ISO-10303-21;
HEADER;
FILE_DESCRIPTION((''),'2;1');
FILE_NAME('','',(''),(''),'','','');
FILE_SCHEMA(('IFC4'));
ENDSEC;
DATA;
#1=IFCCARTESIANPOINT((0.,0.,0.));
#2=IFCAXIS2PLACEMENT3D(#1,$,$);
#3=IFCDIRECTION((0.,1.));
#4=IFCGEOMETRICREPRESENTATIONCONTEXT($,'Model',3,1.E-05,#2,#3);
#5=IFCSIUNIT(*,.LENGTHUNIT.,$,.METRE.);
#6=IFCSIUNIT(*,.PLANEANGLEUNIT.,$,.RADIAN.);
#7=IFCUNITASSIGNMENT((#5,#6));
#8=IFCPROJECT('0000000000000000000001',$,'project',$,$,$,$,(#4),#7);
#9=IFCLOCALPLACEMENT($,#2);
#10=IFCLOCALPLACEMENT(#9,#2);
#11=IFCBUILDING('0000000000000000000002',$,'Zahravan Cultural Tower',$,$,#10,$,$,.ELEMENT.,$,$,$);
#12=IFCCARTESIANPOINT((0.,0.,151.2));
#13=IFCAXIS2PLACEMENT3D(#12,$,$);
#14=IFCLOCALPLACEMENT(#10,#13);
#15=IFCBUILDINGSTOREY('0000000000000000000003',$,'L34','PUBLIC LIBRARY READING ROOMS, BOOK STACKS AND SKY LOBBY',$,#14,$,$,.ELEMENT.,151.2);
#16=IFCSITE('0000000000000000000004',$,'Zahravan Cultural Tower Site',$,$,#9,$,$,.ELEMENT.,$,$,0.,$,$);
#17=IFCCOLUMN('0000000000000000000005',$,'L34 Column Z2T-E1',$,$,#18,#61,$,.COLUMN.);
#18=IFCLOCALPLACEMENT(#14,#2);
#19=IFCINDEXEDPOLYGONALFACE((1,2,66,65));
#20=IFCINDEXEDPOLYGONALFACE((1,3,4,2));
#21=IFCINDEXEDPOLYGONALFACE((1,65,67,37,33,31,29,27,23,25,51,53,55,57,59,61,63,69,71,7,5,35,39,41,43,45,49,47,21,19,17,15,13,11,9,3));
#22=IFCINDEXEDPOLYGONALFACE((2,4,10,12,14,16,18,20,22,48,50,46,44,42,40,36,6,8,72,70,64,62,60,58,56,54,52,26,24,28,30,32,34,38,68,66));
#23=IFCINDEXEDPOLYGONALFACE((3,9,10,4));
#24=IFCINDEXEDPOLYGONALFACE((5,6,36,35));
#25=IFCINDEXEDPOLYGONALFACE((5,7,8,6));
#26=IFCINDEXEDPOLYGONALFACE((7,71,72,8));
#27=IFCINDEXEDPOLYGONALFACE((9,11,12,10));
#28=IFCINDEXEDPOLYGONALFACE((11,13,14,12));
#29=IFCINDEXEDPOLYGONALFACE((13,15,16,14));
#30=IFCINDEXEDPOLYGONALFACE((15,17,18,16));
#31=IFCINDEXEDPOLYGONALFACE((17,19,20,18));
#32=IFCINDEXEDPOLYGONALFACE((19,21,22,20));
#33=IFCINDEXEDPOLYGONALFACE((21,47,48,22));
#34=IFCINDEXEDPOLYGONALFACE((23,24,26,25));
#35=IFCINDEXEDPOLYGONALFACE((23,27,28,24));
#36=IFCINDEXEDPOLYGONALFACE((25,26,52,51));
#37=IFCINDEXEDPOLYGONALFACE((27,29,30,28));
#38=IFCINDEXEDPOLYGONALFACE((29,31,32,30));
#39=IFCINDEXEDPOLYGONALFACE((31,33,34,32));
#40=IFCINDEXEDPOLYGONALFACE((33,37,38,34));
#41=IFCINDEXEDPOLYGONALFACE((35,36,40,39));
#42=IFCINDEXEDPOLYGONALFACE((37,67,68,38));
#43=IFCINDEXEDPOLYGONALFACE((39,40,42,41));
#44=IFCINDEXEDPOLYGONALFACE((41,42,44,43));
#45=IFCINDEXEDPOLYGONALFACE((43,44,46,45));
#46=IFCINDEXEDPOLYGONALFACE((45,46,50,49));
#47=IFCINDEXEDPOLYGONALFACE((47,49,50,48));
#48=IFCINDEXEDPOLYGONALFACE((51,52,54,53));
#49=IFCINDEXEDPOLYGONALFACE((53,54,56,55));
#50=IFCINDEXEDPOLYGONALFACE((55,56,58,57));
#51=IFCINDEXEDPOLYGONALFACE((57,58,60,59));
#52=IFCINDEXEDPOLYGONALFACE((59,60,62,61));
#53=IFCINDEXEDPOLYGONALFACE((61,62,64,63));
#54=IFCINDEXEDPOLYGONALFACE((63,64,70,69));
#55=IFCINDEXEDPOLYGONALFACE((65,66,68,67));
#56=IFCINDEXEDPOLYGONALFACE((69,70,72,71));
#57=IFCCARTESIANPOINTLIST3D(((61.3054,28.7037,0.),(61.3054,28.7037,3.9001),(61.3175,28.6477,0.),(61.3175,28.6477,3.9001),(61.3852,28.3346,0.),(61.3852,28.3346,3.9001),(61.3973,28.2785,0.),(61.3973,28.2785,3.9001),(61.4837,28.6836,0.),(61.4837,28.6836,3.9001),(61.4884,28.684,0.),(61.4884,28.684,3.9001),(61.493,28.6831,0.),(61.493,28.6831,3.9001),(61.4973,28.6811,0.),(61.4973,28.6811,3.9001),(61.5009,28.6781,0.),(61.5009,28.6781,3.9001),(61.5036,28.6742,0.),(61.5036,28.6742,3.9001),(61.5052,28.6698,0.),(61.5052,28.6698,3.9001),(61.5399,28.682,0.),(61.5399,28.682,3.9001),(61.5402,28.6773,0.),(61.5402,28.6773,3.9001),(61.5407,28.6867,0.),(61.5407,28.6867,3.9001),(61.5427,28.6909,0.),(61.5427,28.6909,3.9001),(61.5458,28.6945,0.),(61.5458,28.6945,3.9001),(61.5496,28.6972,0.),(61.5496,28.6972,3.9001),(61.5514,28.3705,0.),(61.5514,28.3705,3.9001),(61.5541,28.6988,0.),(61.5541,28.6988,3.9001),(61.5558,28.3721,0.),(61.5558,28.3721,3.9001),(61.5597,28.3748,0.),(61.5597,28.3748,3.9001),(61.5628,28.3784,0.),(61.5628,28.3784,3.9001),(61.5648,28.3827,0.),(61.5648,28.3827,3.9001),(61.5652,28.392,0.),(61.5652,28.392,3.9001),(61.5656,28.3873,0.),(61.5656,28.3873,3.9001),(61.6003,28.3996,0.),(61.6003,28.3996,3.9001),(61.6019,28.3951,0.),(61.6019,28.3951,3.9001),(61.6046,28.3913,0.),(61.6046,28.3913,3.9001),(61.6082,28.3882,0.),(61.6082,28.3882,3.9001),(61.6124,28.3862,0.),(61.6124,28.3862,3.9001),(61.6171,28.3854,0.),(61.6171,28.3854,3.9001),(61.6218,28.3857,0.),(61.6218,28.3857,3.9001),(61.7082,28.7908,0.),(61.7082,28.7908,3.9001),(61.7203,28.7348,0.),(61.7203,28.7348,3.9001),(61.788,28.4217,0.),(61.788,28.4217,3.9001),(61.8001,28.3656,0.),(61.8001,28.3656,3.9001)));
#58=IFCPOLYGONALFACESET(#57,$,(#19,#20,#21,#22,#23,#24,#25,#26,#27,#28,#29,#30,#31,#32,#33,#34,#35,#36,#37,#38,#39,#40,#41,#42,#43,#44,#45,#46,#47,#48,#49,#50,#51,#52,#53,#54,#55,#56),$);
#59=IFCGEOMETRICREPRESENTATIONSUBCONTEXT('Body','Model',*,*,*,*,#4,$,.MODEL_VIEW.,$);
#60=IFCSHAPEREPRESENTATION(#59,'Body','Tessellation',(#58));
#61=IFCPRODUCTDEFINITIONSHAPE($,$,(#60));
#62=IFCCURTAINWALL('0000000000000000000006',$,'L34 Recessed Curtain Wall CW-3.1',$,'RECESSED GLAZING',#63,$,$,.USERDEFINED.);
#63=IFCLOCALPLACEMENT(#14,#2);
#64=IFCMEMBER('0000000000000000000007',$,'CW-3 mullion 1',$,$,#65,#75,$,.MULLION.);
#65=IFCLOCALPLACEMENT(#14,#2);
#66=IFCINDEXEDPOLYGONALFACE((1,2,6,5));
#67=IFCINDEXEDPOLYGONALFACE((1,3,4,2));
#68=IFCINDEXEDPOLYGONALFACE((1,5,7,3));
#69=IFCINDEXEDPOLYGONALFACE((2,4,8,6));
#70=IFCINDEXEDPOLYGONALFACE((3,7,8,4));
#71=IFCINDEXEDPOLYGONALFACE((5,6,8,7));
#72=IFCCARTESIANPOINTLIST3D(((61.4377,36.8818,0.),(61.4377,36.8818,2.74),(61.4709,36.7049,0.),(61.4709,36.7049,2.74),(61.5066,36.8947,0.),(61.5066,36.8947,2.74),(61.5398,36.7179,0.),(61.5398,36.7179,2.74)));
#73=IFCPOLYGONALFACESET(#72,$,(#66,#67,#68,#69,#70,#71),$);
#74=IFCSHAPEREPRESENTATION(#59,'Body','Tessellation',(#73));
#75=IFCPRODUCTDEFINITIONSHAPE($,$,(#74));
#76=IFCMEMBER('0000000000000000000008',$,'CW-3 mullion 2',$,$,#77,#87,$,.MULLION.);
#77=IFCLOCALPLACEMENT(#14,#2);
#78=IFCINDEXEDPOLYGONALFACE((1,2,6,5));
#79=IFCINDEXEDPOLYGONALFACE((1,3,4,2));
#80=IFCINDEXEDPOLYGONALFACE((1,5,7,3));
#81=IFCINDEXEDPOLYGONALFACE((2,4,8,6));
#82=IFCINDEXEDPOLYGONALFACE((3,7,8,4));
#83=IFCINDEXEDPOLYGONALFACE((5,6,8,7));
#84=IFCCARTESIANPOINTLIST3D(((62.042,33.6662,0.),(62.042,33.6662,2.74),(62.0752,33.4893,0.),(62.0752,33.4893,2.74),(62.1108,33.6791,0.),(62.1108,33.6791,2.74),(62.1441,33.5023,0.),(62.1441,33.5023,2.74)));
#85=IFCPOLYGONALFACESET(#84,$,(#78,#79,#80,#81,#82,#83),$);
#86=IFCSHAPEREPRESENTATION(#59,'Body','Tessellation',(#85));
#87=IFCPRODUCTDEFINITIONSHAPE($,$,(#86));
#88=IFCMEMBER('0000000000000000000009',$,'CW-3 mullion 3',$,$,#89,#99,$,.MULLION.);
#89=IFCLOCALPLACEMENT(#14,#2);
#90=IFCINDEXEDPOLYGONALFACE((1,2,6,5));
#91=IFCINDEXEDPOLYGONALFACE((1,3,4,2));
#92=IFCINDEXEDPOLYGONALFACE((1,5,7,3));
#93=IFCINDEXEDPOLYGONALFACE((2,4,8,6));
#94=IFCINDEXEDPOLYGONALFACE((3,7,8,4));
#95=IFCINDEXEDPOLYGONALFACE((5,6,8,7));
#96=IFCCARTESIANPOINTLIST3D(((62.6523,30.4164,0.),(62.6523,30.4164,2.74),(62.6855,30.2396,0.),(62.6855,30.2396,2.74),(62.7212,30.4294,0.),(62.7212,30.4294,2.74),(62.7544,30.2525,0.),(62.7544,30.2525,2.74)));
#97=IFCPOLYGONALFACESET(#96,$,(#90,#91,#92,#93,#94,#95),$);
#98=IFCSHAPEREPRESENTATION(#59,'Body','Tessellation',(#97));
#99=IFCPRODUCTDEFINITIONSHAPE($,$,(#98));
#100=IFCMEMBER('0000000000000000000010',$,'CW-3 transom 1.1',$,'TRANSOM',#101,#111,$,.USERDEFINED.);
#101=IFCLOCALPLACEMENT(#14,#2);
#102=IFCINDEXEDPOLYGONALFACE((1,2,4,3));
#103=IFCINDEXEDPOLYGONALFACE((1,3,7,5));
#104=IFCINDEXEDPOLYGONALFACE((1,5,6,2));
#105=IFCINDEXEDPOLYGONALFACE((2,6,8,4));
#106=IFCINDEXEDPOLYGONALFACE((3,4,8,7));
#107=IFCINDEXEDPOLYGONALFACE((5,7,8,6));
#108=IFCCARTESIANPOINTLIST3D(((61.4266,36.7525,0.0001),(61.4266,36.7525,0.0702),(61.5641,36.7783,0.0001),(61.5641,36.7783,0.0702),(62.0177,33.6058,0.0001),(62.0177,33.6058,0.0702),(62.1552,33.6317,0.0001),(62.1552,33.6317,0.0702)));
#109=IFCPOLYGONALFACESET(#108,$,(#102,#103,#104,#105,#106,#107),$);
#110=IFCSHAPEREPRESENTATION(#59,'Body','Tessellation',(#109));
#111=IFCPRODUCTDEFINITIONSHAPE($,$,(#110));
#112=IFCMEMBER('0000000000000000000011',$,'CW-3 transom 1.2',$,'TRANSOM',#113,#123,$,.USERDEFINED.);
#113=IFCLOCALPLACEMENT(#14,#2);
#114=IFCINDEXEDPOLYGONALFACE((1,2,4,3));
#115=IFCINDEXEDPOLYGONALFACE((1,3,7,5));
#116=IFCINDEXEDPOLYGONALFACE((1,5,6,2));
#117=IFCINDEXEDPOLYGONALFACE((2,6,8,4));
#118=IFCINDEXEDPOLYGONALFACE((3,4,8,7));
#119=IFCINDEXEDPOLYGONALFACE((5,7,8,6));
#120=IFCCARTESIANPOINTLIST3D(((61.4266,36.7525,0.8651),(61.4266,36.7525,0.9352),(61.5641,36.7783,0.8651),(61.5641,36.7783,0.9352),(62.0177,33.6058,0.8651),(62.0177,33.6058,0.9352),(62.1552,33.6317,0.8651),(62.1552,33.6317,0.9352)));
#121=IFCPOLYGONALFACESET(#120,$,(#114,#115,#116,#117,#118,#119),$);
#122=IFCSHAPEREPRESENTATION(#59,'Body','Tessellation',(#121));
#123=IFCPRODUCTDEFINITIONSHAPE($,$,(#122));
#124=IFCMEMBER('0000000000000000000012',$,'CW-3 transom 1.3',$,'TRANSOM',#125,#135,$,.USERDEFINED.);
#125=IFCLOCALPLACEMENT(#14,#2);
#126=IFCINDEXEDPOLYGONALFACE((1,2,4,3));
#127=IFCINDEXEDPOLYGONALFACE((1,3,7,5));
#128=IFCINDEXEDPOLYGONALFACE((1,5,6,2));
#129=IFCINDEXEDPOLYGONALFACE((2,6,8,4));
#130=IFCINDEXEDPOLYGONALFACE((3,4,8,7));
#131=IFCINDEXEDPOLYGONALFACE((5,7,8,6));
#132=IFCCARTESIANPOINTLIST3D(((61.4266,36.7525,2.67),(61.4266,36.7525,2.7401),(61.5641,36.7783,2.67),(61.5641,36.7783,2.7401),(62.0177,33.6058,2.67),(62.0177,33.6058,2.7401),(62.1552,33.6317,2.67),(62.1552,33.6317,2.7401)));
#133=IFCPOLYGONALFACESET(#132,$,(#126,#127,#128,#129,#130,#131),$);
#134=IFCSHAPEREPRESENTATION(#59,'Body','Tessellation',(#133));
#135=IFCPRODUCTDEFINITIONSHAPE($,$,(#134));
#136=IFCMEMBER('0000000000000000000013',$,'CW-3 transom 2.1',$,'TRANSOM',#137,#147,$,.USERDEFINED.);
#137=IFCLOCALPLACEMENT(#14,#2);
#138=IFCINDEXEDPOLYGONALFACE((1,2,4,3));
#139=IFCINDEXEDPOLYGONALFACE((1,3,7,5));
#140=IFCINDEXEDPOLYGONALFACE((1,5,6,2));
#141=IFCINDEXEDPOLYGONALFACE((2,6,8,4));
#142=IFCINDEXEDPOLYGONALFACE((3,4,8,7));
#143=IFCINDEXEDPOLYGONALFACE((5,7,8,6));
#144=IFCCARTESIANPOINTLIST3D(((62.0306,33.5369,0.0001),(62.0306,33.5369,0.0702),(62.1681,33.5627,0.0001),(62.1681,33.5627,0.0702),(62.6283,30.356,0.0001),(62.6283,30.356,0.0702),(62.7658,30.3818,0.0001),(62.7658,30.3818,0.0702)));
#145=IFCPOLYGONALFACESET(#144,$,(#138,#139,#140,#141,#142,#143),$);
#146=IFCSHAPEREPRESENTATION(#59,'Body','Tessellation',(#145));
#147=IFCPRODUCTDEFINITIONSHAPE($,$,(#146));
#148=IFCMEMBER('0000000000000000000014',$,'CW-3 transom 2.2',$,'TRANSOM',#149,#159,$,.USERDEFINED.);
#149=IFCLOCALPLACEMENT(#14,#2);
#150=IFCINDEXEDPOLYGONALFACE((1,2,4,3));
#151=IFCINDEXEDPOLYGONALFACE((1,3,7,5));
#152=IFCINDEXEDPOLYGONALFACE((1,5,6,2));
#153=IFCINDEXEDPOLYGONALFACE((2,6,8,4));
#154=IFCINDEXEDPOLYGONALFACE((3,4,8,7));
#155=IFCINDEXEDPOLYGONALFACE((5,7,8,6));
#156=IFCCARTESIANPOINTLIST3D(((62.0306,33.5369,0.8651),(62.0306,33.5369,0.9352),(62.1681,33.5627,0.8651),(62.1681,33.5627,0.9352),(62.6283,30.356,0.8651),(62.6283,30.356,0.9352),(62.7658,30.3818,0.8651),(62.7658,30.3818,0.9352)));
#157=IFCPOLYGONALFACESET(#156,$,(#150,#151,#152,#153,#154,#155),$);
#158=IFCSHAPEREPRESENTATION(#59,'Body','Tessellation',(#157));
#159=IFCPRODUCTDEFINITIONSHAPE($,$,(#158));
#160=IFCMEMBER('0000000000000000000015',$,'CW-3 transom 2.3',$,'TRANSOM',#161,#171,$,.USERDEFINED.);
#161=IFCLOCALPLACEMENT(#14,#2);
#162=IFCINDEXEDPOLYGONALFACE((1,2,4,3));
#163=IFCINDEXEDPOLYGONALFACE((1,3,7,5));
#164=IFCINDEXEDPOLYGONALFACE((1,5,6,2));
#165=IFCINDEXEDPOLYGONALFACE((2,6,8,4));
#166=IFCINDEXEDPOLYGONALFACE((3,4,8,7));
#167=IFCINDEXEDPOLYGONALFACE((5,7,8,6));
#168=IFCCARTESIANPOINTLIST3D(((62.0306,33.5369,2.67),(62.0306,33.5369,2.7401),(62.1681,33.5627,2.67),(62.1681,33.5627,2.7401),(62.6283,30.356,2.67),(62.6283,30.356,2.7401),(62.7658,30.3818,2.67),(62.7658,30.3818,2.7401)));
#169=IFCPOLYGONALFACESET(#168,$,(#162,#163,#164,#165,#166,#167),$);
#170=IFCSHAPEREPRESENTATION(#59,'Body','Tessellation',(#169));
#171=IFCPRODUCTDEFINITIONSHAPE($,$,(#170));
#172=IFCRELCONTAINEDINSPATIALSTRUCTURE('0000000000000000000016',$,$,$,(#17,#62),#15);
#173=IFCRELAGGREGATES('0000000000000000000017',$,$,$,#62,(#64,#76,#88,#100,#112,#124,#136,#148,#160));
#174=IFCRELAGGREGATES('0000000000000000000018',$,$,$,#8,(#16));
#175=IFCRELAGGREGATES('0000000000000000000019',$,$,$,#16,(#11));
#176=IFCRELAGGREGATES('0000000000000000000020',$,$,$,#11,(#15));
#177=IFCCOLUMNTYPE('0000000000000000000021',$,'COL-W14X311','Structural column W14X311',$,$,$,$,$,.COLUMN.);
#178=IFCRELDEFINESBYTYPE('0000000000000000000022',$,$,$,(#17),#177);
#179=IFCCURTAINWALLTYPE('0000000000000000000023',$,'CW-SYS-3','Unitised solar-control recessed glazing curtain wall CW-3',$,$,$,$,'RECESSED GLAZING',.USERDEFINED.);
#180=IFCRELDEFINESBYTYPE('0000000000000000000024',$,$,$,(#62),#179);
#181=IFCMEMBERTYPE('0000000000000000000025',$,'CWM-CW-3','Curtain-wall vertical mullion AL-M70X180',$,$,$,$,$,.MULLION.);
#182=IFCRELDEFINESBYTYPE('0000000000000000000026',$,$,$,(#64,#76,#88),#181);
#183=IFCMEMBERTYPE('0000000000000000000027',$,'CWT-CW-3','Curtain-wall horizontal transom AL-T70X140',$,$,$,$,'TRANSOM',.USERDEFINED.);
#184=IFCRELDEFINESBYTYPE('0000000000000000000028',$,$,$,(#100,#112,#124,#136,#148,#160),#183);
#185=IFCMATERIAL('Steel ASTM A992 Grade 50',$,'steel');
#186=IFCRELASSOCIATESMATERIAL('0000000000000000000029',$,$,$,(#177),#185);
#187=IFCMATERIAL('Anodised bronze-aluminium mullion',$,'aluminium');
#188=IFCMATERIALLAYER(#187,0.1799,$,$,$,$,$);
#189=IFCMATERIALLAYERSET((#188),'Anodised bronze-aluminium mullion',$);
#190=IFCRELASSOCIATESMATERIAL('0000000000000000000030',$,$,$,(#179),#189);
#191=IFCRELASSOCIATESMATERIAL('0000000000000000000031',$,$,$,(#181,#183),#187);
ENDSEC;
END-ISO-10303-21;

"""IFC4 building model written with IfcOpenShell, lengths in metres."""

from ifc_helpers import new_model, si_unit, direction, frame, origin, origin_2d, place, context, subcontext, project, spatial, rectangle, i_section, extrude, source, transform, mapped, material, layer, layer_set, material_profile, profile_set, type_object, element, aggregate, save


model = new_model("IFC4")

# Units and contexts
model_context = context("Model", 3, precision=1e-05, world=origin(), true_north=direction((0.0, 1.0)))
body_context = subcontext(model_context, "Body", "Model", "MODEL_VIEW")
ifc_project = project(units=[si_unit("LENGTHUNIT", "METRE"), si_unit("PLANEANGLEUNIT", "RADIAN")], contexts=[model_context])

# Site, building, storey
site_placement = place(None, origin())
site = spatial("IfcSite", under=ifc_project, at=site_placement, Name="Zahravan Cultural Tower Site", CompositionType="ELEMENT", RefElevation=0.0)
building_placement = place(site_placement, origin())
building = spatial("IfcBuilding", under=site, at=building_placement, Name="Zahravan Cultural Tower", CompositionType="ELEMENT")
storey_placement = place(building_placement, frame((0.0, 0.0, 151.2)))
storey = spatial("IfcBuildingStorey", under=building, at=storey_placement, Name="L34", Description="PUBLIC LIBRARY READING ROOMS, BOOK STACKS AND SKY LOBBY", CompositionType="ELEMENT", Elevation=151.2)

# Column
ifc_material_1 = material(Name="Steel ASTM A992 Grade 50", Category="steel")
ifc_material_profile_1 = material_profile(ifc_material_1, i_section(OverallWidth=0.4121, OverallDepth=0.4351, WebThickness=0.0359, FlangeThickness=0.0574, FilletRadius=0.0181, at=origin_2d()), Name="W14X311")
ifc_profile_set_1 = profile_set([ifc_material_profile_1], Name="Steel ASTM A992 Grade 50")
column_type = type_object("IfcColumnType", Name="COL-W14X311", Description="Structural column W14X311", PredefinedType="COLUMN", material=ifc_profile_set_1)
shared_shape_1 = source(origin(), body_context, "Body", "SweptSolid", [
    extrude(i_section(OverallWidth=0.4121, OverallDepth=0.4351, WebThickness=0.0359, FlangeThickness=0.0574, FilletRadius=0.0181, at=origin_2d()), origin(), (0.0, 0.0, 1.0), 3.9001),
])
column_placement = place(storey_placement, frame((61.5527, 28.5347, 0.0), z_axis=(0.0, 0.0, 1.0), x_axis=(0.977416, 0.211325, 0.0)))
element("IfcColumn", 1, at=column_placement, inside=storey, type_object=column_type, Name="L34 Column Z2T-E1", PredefinedType="COLUMN", context=body_context, shape_type="MappedRepresentation", body=[
    mapped(shared_shape_1, transform((0.0, 0.0, 0.0), x_axis=(1.0, 0.0, 0.0), y_axis=(0.0, 1.0, 0.0), z_axis=(0.0, 0.0, 1.0), scale=1.0)),
])

# Curtain wall, members
ifc_material_2 = material(Name="Anodised bronze-aluminium mullion", Category="aluminium")
ifc_layer_1 = layer(ifc_material_2, 0.1799)
ifc_layer_set_1 = layer_set([ifc_layer_1], Name="Anodised bronze-aluminium mullion")
curtain_wall_type = type_object("IfcCurtainWallType", Name="CW-SYS-3", Description="Unitised solar-control recessed glazing curtain wall CW-3", ElementType="RECESSED GLAZING", PredefinedType="USERDEFINED", material=ifc_layer_set_1)
curtain_wall_placement = place(storey_placement, origin())
curtain_wall = element("IfcCurtainWall", 2, at=curtain_wall_placement, inside=storey, type_object=curtain_wall_type, Name="L34 Recessed Curtain Wall CW-3.1", ObjectType="RECESSED GLAZING", PredefinedType="USERDEFINED")
ifc_material_profile_2 = material_profile(ifc_material_2, rectangle(XDim=0.0701, YDim=0.1799, at=origin_2d()), Name="AL-M70X180")
ifc_profile_set_2 = profile_set([ifc_material_profile_2], Name="Anodised bronze-aluminium mullion")
member_type_1 = type_object("IfcMemberType", Name="CWM-CW-3", Description="Curtain-wall vertical mullion AL-M70X180", PredefinedType="MULLION", material=ifc_profile_set_2)
shared_shape_2 = source(origin(), body_context, "Body", "SweptSolid", [
    extrude(rectangle(XDim=0.0701, YDim=0.1799, at=origin_2d()), origin(), (0.0, 0.0, 1.0), 2.74),
])
member_1_placement = place(storey_placement, frame((61.4888, 36.7998, 0.0), z_axis=(0.0, 0.0, 1.0), x_axis=(0.982807, 0.184638, 0.0)))
member_1 = element("IfcMember", 3, at=member_1_placement, type_object=member_type_1, Name="CW-3 mullion 1", PredefinedType="MULLION", context=body_context, shape_type="MappedRepresentation", body=[
    mapped(shared_shape_2, transform((0.0, 0.0, 0.0), x_axis=(1.0, 0.0, 0.0), y_axis=(0.0, 1.0, 0.0), z_axis=(0.0, 0.0, 1.0), scale=1.0)),
])
member_2_placement = place(storey_placement, frame((62.093, 33.5842, 0.0), z_axis=(0.0, 0.0, 1.0), x_axis=(0.982807, 0.184638, 0.0)))
member_2 = element("IfcMember", 4, at=member_2_placement, type_object=member_type_1, Name="CW-3 mullion 2", PredefinedType="MULLION", context=body_context, shape_type="MappedRepresentation", body=[
    mapped(shared_shape_2, transform((0.0, 0.0, 0.0), x_axis=(1.0, 0.0, 0.0), y_axis=(0.0, 1.0, 0.0), z_axis=(0.0, 0.0, 1.0), scale=1.0)),
])
member_3_placement = place(storey_placement, frame((62.7034, 30.3345, 0.0), z_axis=(0.0, 0.0, 1.0), x_axis=(0.982807, 0.184638, 0.0)))
member_3 = element("IfcMember", 5, at=member_3_placement, type_object=member_type_1, Name="CW-3 mullion 3", PredefinedType="MULLION", context=body_context, shape_type="MappedRepresentation", body=[
    mapped(shared_shape_2, transform((0.0, 0.0, 0.0), x_axis=(1.0, 0.0, 0.0), y_axis=(0.0, 1.0, 0.0), z_axis=(0.0, 0.0, 1.0), scale=1.0)),
])
ifc_material_profile_3 = material_profile(ifc_material_2, rectangle(XDim=0.1399, YDim=0.0701, at=origin_2d()), Name="AL-T70X140")
ifc_profile_set_3 = profile_set([ifc_material_profile_3], Name="Anodised bronze-aluminium mullion")
member_type_2 = type_object("IfcMemberType", Name="CWT-CW-3", Description="Curtain-wall horizontal transom AL-T70X140", ElementType="TRANSOM", PredefinedType="USERDEFINED", material=ifc_profile_set_3)
shared_shape_3 = source(origin(), body_context, "Body", "SweptSolid", [
    extrude(rectangle(XDim=0.1399, YDim=0.0701, at=origin_2d()), origin(), (0.0, 0.0, 1.0), 3.2017),
])
member_4_placement = place(storey_placement, frame((61.4954, 36.7654, 0.0352), z_axis=(0.184606, -0.982813, 0.0), x_axis=(0.982813, 0.184606, 0.0)))
member_4 = element("IfcMember", 6, at=member_4_placement, type_object=member_type_2, Name="CW-3 transom 1.1", ObjectType="TRANSOM", PredefinedType="USERDEFINED", context=body_context, shape_type="MappedRepresentation", body=[
    mapped(shared_shape_3, transform((0.0, 0.0, 0.0), x_axis=(1.0, 0.0, 0.0), y_axis=(0.0, 1.0, 0.0), z_axis=(0.0, 0.0, 1.0), scale=1.0)),
])
member_5_placement = place(storey_placement, frame((61.4954, 36.7654, 0.9001), z_axis=(0.184606, -0.982813, 0.0), x_axis=(0.982813, 0.184606, 0.0)))
member_5 = element("IfcMember", 7, at=member_5_placement, type_object=member_type_2, Name="CW-3 transom 1.2", ObjectType="TRANSOM", PredefinedType="USERDEFINED", context=body_context, shape_type="MappedRepresentation", body=[
    mapped(shared_shape_3, transform((0.0, 0.0, 0.0), x_axis=(1.0, 0.0, 0.0), y_axis=(0.0, 1.0, 0.0), z_axis=(0.0, 0.0, 1.0), scale=1.0)),
])
member_6_placement = place(storey_placement, frame((61.4954, 36.7654, 2.7051), z_axis=(0.184606, -0.982813, 0.0), x_axis=(0.982813, 0.184606, 0.0)))
member_6 = element("IfcMember", 8, at=member_6_placement, type_object=member_type_2, Name="CW-3 transom 1.3", ObjectType="TRANSOM", PredefinedType="USERDEFINED", context=body_context, shape_type="MappedRepresentation", body=[
    mapped(shared_shape_3, transform((0.0, 0.0, 0.0), x_axis=(1.0, 0.0, 0.0), y_axis=(0.0, 1.0, 0.0), z_axis=(0.0, 0.0, 1.0), scale=1.0)),
])
shared_shape_4 = source(origin(), body_context, "Body", "SweptSolid", [
    extrude(rectangle(XDim=0.1399, YDim=0.0701, at=origin_2d()), origin(), (0.0, 0.0, 1.0), 3.2366),
])
member_7_placement = place(storey_placement, frame((62.0994, 33.5498, 0.0352), z_axis=(0.184657, -0.982803, 0.0), x_axis=(0.982803, 0.184657, 0.0)))
member_7 = element("IfcMember", 9, at=member_7_placement, type_object=member_type_2, Name="CW-3 transom 2.1", ObjectType="TRANSOM", PredefinedType="USERDEFINED", context=body_context, shape_type="MappedRepresentation", body=[
    mapped(shared_shape_4, transform((0.0, 0.0, 0.0), x_axis=(1.0, 0.0, 0.0), y_axis=(0.0, 1.0, 0.0), z_axis=(0.0, 0.0, 1.0), scale=1.0)),
])
member_8_placement = place(storey_placement, frame((62.0994, 33.5498, 0.9001), z_axis=(0.184657, -0.982803, 0.0), x_axis=(0.982803, 0.184657, 0.0)))
member_8 = element("IfcMember", 10, at=member_8_placement, type_object=member_type_2, Name="CW-3 transom 2.2", ObjectType="TRANSOM", PredefinedType="USERDEFINED", context=body_context, shape_type="MappedRepresentation", body=[
    mapped(shared_shape_4, transform((0.0, 0.0, 0.0), x_axis=(1.0, 0.0, 0.0), y_axis=(0.0, 1.0, 0.0), z_axis=(0.0, 0.0, 1.0), scale=1.0)),
])
member_9_placement = place(storey_placement, frame((62.0994, 33.5498, 2.7051), z_axis=(0.184657, -0.982803, 0.0), x_axis=(0.982803, 0.184657, 0.0)))
member_9 = element("IfcMember", 11, at=member_9_placement, type_object=member_type_2, Name="CW-3 transom 2.3", ObjectType="TRANSOM", PredefinedType="USERDEFINED", context=body_context, shape_type="MappedRepresentation", body=[
    mapped(shared_shape_4, transform((0.0, 0.0, 0.0), x_axis=(1.0, 0.0, 0.0), y_axis=(0.0, 1.0, 0.0), z_axis=(0.0, 0.0, 1.0), scale=1.0)),
])
aggregate(curtain_wall, [member_1, member_2, member_3, member_4, member_5, member_6, member_7, member_8, member_9])

save(model, "model.ifc")
